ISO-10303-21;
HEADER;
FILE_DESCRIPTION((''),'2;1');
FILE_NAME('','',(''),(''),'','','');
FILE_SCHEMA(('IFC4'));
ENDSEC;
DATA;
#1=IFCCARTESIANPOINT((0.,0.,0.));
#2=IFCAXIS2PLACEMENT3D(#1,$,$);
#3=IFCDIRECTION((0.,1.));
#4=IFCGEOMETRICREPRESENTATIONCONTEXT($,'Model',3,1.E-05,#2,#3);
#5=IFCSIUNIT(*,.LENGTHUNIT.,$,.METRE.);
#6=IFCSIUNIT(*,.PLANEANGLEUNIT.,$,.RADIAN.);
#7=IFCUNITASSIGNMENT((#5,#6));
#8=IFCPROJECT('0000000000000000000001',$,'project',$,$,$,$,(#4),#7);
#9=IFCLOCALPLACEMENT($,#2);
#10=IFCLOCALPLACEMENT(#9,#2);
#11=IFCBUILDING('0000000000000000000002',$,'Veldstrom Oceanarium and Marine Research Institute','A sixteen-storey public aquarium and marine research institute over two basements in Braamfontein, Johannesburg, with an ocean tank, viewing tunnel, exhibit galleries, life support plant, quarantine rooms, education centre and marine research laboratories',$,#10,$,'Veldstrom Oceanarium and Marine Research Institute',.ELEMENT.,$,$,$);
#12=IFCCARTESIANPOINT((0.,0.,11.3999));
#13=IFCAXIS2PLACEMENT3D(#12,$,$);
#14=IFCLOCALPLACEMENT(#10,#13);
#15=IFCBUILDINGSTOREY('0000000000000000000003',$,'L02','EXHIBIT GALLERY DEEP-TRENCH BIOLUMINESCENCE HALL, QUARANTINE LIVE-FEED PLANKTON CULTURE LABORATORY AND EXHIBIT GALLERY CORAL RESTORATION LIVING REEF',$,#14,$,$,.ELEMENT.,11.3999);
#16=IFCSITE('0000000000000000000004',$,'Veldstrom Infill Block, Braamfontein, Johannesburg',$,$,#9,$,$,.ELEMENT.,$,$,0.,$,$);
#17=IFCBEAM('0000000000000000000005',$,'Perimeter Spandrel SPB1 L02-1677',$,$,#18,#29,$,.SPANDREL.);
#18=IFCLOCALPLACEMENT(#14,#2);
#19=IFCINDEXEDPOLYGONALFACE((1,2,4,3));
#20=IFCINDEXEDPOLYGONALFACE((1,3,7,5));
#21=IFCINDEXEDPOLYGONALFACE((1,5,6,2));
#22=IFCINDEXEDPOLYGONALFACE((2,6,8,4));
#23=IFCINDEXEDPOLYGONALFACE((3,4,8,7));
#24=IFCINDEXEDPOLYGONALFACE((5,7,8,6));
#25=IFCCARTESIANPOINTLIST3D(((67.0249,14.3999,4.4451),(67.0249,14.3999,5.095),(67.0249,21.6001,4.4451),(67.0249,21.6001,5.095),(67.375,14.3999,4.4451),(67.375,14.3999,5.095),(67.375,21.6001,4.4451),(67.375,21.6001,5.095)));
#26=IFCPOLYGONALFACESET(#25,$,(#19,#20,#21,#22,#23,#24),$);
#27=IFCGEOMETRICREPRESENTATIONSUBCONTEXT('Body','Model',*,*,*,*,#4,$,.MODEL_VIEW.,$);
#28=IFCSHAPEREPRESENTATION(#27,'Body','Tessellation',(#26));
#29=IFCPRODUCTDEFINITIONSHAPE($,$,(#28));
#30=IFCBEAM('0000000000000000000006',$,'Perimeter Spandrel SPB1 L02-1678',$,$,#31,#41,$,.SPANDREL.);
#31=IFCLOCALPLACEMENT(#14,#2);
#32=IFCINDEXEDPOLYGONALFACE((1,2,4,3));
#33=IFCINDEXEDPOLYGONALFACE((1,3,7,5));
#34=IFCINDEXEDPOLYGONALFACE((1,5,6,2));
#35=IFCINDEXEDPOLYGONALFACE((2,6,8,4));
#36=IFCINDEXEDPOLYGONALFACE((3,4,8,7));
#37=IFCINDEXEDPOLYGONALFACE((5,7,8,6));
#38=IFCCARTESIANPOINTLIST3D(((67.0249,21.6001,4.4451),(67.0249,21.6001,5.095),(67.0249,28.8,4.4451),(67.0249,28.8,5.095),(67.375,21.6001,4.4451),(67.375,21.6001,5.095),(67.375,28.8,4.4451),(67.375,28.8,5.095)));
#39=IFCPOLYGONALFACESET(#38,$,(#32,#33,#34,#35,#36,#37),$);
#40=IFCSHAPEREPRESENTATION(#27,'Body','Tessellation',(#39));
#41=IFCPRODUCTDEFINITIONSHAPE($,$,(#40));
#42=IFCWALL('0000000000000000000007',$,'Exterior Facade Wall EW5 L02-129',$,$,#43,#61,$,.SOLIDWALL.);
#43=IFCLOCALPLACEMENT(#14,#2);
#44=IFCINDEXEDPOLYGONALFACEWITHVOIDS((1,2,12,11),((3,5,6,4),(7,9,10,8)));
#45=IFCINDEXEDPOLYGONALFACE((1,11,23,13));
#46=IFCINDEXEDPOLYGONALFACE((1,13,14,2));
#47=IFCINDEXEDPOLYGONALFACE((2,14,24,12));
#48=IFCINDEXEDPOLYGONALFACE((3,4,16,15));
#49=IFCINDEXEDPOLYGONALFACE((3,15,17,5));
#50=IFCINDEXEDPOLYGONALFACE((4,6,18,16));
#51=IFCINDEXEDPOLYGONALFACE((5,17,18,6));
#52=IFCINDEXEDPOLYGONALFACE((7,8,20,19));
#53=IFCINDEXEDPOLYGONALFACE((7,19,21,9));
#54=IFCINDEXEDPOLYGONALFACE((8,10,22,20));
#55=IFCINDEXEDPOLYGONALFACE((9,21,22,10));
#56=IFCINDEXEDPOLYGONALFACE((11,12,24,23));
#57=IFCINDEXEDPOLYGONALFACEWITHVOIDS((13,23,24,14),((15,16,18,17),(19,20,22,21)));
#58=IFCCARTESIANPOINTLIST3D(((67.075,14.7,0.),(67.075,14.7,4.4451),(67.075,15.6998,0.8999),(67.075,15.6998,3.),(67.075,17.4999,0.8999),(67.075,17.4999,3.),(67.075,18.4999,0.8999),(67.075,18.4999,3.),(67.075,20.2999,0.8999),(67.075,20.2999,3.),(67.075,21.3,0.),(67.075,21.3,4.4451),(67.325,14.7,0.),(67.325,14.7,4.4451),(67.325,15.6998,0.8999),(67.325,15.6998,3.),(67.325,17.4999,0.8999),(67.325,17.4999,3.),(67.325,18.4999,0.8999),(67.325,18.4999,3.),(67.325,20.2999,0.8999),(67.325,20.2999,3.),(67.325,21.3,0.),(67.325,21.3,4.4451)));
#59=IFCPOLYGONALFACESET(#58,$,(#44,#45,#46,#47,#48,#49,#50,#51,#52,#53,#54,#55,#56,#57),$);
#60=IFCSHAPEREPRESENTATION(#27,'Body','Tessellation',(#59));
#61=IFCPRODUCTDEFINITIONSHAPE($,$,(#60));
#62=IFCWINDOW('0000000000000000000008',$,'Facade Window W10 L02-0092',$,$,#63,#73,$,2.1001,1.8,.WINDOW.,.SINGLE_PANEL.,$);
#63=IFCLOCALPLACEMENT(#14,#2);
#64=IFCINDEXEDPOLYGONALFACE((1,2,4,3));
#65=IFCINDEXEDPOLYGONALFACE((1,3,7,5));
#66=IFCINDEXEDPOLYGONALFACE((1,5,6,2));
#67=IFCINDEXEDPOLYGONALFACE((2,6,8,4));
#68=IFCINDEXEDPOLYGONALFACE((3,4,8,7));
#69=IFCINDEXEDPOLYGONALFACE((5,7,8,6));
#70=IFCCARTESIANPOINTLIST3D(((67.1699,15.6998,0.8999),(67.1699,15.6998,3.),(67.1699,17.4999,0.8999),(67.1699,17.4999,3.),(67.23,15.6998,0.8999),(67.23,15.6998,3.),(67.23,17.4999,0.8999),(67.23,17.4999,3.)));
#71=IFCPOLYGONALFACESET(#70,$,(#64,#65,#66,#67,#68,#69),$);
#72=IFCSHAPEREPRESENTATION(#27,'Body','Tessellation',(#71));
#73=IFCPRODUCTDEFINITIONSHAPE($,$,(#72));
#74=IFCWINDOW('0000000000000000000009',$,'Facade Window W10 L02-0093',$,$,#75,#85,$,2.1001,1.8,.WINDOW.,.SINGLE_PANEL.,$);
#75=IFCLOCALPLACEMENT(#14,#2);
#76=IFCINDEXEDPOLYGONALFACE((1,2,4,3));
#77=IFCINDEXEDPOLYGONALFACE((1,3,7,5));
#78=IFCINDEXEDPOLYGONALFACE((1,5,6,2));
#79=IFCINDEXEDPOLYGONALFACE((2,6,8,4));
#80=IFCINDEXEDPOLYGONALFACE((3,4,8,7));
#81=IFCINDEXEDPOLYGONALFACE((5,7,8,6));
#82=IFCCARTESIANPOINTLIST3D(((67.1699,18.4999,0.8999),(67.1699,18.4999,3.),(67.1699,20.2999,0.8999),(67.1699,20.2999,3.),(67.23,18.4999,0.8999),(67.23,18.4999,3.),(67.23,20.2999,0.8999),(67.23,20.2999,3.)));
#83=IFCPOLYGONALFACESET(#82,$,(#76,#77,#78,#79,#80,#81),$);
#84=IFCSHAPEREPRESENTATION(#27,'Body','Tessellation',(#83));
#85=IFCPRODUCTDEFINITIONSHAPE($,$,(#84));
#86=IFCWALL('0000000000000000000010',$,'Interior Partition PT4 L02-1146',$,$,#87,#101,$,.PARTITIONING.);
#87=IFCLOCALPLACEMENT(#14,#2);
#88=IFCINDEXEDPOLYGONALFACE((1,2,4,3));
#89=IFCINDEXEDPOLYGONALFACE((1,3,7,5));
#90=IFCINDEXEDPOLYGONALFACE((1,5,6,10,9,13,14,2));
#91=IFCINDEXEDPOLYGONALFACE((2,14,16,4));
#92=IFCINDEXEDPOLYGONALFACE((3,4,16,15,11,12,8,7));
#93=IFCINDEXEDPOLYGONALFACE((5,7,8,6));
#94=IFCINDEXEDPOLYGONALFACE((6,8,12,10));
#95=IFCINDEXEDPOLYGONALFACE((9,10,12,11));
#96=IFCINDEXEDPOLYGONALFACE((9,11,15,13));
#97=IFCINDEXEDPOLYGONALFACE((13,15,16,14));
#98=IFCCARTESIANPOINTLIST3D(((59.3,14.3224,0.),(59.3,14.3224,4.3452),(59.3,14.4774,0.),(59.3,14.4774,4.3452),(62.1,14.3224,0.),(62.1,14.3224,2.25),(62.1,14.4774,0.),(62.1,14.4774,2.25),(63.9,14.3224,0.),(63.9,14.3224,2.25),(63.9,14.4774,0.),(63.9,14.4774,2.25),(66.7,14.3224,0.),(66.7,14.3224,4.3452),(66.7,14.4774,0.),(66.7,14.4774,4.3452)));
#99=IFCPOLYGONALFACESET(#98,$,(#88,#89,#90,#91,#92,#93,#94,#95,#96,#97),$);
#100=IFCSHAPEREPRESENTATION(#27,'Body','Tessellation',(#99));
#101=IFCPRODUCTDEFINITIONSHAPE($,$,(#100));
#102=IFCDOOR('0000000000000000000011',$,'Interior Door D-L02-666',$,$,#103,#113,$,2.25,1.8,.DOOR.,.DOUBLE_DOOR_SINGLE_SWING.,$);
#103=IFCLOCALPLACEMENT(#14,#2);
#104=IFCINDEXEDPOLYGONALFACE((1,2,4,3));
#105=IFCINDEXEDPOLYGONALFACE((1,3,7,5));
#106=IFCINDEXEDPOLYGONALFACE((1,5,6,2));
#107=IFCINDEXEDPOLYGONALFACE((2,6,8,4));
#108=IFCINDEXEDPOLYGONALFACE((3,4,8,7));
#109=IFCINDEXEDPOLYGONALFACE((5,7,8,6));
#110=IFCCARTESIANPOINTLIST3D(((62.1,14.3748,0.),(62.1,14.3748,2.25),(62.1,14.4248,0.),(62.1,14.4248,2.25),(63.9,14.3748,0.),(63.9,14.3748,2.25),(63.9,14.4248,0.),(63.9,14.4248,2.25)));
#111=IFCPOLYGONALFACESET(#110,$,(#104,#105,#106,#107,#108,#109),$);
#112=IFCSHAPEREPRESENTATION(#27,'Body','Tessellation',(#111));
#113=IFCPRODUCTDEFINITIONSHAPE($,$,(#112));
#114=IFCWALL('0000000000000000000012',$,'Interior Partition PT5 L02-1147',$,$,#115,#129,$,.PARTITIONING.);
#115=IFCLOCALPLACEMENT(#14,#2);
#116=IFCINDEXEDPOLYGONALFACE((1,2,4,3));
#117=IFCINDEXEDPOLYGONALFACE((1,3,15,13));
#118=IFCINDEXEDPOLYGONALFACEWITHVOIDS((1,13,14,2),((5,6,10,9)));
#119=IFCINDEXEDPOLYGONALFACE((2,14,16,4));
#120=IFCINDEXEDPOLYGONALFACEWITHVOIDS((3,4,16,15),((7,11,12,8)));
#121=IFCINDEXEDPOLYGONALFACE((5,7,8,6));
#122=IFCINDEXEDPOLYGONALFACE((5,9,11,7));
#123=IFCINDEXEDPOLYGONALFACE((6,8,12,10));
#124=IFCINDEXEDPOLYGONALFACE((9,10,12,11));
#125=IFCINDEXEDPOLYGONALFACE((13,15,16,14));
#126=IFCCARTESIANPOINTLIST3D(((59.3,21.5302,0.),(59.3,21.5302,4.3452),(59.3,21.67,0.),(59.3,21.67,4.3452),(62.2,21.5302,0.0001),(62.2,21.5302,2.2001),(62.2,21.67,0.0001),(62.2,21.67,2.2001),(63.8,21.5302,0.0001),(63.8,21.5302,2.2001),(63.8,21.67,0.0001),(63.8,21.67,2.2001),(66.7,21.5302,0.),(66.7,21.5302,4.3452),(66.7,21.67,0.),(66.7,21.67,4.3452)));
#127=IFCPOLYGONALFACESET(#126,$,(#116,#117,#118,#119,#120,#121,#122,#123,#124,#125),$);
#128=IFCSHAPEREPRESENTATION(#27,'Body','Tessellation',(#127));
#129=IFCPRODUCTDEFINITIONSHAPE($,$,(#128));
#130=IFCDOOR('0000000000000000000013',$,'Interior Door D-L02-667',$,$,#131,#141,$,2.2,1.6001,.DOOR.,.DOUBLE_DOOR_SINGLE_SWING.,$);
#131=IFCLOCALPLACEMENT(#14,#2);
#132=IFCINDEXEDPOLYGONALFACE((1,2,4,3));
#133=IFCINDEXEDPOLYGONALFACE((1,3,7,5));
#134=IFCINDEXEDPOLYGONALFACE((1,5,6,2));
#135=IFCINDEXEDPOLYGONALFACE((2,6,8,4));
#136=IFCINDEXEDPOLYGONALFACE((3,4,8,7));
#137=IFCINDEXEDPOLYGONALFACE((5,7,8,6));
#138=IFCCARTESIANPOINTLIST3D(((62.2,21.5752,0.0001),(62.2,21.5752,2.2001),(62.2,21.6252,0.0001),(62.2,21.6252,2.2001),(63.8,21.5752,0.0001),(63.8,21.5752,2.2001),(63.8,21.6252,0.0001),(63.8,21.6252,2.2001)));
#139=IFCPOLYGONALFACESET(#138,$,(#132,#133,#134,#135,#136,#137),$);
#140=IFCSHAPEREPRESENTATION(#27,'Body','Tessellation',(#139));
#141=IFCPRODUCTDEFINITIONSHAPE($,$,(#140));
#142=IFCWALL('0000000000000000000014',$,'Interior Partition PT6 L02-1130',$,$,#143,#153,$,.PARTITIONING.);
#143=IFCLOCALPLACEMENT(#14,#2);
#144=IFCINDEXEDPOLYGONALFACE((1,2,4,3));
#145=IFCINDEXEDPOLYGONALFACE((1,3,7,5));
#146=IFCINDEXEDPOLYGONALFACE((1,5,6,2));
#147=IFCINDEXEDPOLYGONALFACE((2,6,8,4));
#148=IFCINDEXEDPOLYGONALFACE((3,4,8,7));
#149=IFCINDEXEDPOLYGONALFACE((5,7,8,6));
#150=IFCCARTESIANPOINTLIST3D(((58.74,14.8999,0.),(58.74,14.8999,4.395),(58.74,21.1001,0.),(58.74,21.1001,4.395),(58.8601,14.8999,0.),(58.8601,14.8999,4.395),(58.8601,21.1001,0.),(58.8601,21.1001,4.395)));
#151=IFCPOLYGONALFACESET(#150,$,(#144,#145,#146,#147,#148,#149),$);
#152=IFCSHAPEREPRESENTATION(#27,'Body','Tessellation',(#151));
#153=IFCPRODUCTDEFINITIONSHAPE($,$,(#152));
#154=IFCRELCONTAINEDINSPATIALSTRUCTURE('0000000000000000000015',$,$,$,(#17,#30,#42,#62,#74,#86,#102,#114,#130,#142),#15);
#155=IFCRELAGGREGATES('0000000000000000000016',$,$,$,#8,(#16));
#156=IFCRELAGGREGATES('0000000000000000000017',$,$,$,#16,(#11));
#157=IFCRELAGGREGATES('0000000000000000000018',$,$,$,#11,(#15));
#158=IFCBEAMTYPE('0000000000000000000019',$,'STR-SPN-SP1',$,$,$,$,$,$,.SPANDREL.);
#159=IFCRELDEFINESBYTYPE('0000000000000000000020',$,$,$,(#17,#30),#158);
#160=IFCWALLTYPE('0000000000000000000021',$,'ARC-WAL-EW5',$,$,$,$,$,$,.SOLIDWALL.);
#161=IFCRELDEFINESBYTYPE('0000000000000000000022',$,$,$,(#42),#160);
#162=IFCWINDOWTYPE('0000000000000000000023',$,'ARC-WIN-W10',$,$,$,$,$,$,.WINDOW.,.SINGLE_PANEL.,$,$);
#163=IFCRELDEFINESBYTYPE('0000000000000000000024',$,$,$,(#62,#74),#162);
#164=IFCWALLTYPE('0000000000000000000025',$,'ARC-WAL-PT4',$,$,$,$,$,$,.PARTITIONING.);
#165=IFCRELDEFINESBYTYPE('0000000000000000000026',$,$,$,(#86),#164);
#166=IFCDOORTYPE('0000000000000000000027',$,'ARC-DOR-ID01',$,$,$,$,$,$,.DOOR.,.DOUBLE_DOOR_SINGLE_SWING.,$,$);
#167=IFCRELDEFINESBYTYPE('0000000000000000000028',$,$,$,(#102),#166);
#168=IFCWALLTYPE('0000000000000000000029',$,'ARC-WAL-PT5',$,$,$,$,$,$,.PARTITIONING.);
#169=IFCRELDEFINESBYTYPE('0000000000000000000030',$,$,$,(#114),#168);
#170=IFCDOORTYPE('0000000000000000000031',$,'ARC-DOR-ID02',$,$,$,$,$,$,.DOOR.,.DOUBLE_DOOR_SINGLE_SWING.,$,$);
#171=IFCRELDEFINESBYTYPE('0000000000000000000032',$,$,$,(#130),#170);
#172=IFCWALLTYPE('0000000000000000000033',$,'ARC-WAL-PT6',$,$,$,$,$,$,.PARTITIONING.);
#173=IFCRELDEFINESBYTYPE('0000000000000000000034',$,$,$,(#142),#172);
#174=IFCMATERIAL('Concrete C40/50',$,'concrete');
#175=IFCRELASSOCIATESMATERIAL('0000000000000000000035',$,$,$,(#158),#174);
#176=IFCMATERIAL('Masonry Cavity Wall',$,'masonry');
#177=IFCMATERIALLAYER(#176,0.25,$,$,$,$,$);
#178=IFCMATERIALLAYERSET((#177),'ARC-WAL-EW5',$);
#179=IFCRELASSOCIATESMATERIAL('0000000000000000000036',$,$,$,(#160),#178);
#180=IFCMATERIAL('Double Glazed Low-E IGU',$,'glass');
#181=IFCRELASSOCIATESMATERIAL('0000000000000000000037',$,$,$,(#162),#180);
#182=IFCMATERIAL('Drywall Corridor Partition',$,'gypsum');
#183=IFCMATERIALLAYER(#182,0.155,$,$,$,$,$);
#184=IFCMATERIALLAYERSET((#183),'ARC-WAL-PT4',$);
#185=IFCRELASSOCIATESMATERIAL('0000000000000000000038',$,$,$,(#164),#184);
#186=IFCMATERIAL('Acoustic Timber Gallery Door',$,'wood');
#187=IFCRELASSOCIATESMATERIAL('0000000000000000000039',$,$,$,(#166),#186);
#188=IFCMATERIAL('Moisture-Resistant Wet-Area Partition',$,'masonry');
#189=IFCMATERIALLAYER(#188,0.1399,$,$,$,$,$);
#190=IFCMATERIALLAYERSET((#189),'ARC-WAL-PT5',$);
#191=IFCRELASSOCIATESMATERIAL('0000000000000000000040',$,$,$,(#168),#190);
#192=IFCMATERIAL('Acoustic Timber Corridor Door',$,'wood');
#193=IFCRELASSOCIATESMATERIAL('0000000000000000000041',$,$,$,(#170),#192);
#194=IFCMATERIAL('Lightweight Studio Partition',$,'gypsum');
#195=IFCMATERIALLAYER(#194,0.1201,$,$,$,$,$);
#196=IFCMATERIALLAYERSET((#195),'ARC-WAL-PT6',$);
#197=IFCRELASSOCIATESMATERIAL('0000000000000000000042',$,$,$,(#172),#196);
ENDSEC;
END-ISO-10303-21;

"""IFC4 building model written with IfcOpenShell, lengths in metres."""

from ifc_helpers import new_model, si_unit, direction, frame, frame_2d, origin, origin_2d, place, context, subcontext, project, spatial, rectangle, extrude, material, layer, layer_set, material_profile, profile_set, type_object, element, fill, save


model = new_model("IFC4")

# Units and contexts
model_context = context("Model", 3, precision=1e-05, world=origin(), true_north=direction((0.0, 1.0)))
body_context = subcontext(model_context, "Body", "Model", "MODEL_VIEW")
ifc_project = project(units=[si_unit("LENGTHUNIT", "METRE"), si_unit("PLANEANGLEUNIT", "RADIAN")], contexts=[model_context])

# Site, building, storey
site_placement = place(None, origin())
site = spatial("IfcSite", under=ifc_project, at=site_placement, Name="Veldstrom Infill Block, Braamfontein, Johannesburg", CompositionType="ELEMENT", RefElevation=0.0)
building_placement = place(site_placement, origin())
building = spatial("IfcBuilding", under=site, at=building_placement, Name="Veldstrom Oceanarium and Marine Research Institute", Description="A sixteen-storey public aquarium and marine research institute over two basements in Braamfontein, Johannesburg, with an ocean tank, viewing tunnel, exhibit galleries, life support plant, quarantine rooms, education centre and marine research laboratories", LongName="Veldstrom Oceanarium and Marine Research Institute", CompositionType="ELEMENT")
storey_placement = place(building_placement, frame((0.0, 0.0, 11.3999)))
storey = spatial("IfcBuildingStorey", under=building, at=storey_placement, Name="L02", Description="EXHIBIT GALLERY DEEP-TRENCH BIOLUMINESCENCE HALL, QUARANTINE LIVE-FEED PLANKTON CULTURE LABORATORY AND EXHIBIT GALLERY CORAL RESTORATION LIVING REEF", CompositionType="ELEMENT", Elevation=11.3999)

# Beams
ifc_material_1 = material(Name="Concrete C40/50", Category="concrete")
ifc_material_profile_1 = material_profile(ifc_material_1, rectangle(XDim=0.3501, YDim=0.6499, at=origin_2d()), Name="RC-SPN-350x650")
ifc_profile_set_1 = profile_set([ifc_material_profile_1], Name="Concrete C40/50")
beam_type_1 = type_object("IfcBeamType", Name="STR-SPN-SP1", PredefinedType="SPANDREL", material=ifc_profile_set_1)
beam_1_placement = place(storey_placement, frame((67.2, 14.3999, 4.77), z_axis=(0.0, 1.0, 0.0), x_axis=(-1.0, 0.0, 0.0)))
element("IfcBeam", 1, at=beam_1_placement, inside=storey, type_object=beam_type_1, Name="Perimeter Spandrel SPB1 L02-1677", PredefinedType="SPANDREL", context=body_context, shape_type="SweptSolid", body=[
    extrude(rectangle(XDim=0.3501, YDim=0.6499, at=origin_2d()), origin(), (0.0, 0.0, 1.0), 7.2002),
])
beam_2_placement = place(storey_placement, frame((67.2, 21.6001, 4.77), z_axis=(0.0, 1.0, 0.0), x_axis=(-1.0, 0.0, 0.0)))
element("IfcBeam", 2, at=beam_2_placement, inside=storey, type_object=beam_type_1, Name="Perimeter Spandrel SPB1 L02-1678", PredefinedType="SPANDREL", context=body_context, shape_type="SweptSolid", body=[
    extrude(rectangle(XDim=0.3501, YDim=0.6499, at=origin_2d()), origin(), (0.0, 0.0, 1.0), 7.2),
])

# Wall, openings, windows
ifc_material_2 = material(Name="Masonry Cavity Wall", Category="masonry")
ifc_layer_1 = layer(ifc_material_2, 0.25)
ifc_layer_set_1 = layer_set([ifc_layer_1], Name="ARC-WAL-EW5")
wall_type_1 = type_object("IfcWallType", Name="ARC-WAL-EW5", PredefinedType="SOLIDWALL", material=ifc_layer_set_1)
wall_1_placement = place(storey_placement, frame((67.2, 14.7, 0.0), z_axis=(0.0, 0.0, 1.0), x_axis=(0.0, 1.0, 0.0)))
wall_1 = element("IfcWall", 3, at=wall_1_placement, inside=storey, type_object=wall_type_1, Name="Exterior Facade Wall EW5 L02-129", PredefinedType="SOLIDWALL", context=body_context, shape_type="SweptSolid", body=[
    extrude(rectangle(XDim=6.6001, YDim=0.25, at=frame_2d((3.3, 0.0))), origin(), (0.0, 0.0, 1.0), 4.4451),
])
opening_1_placement = place(wall_1_placement, frame((1.0, 0.0, 0.8999)))
opening_1 = element("IfcOpeningElement", 4, at=opening_1_placement, cuts=wall_1, PredefinedType="OPENING", context=body_context, shape_type="SweptSolid", body=[
    extrude(rectangle(XDim=1.8, YDim=2.1001, at=frame_2d((0.8999, 1.05))), frame((0.0, 0.135, 0.0), z_axis=(0.0, -1.0, 0.0), x_axis=(1.0, 0.0, 0.0)), (0.0, 0.0, 1.0), 0.27),
])
opening_2_placement = place(wall_1_placement, frame((3.8, 0.0, 0.8999)))
opening_2 = element("IfcOpeningElement", 5, at=opening_2_placement, cuts=wall_1, PredefinedType="OPENING", context=body_context, shape_type="SweptSolid", body=[
    extrude(rectangle(XDim=1.8, YDim=2.1001, at=frame_2d((0.8999, 1.05))), frame((0.0, 0.135, 0.0), z_axis=(0.0, -1.0, 0.0), x_axis=(1.0, 0.0, 0.0)), (0.0, 0.0, 1.0), 0.27),
])
ifc_material_3 = material(Name="Double Glazed Low-E IGU", Category="glass")
window_type = type_object("IfcWindowType", Name="ARC-WIN-W10", PartitioningType="SINGLE_PANEL", PredefinedType="WINDOW", material=ifc_material_3)
window_1_placement = place(opening_1_placement, origin())
window_1 = element("IfcWindow", 6, at=window_1_placement, inside=storey, type_object=window_type, Name="Facade Window W10 L02-0092", OverallHeight=2.1001, OverallWidth=1.8, PartitioningType="SINGLE_PANEL", PredefinedType="WINDOW", context=body_context, shape_type="SweptSolid", body=[
    extrude(rectangle(XDim=1.8, YDim=2.1001, at=frame_2d((0.8999, 1.05))), frame((0.0, 0.03, 0.0), z_axis=(0.0, -1.0, 0.0), x_axis=(1.0, 0.0, 0.0)), (0.0, 0.0, 1.0), 0.0601),
])
fill(opening_1, window_1)
window_2_placement = place(opening_2_placement, origin())
window_2 = element("IfcWindow", 7, at=window_2_placement, inside=storey, type_object=window_type, Name="Facade Window W10 L02-0093", OverallHeight=2.1001, OverallWidth=1.8, PartitioningType="SINGLE_PANEL", PredefinedType="WINDOW", context=body_context, shape_type="SweptSolid", body=[
    extrude(rectangle(XDim=1.8, YDim=2.1001, at=frame_2d((0.8999, 1.05))), frame((0.0, 0.03, 0.0), z_axis=(0.0, -1.0, 0.0), x_axis=(1.0, 0.0, 0.0)), (0.0, 0.0, 1.0), 0.0601),
])
fill(opening_2, window_2)

# Walls, openings, doors
ifc_material_4 = material(Name="Drywall Corridor Partition", Category="gypsum")
ifc_layer_2 = layer(ifc_material_4, 0.155)
ifc_layer_set_2 = layer_set([ifc_layer_2], Name="ARC-WAL-PT4")
wall_type_2 = type_object("IfcWallType", Name="ARC-WAL-PT4", PredefinedType="PARTITIONING", material=ifc_layer_set_2)
wall_2_placement = place(storey_placement, frame((59.3, 14.3999, 0.0), z_axis=(0.0, 0.0, 1.0), x_axis=(1.0, 0.0, 0.0)))
wall_2 = element("IfcWall", 8, at=wall_2_placement, inside=storey, type_object=wall_type_2, Name="Interior Partition PT4 L02-1146", PredefinedType="PARTITIONING", context=body_context, shape_type="SweptSolid", body=[
    extrude(rectangle(XDim=7.3999, YDim=0.155, at=frame_2d((3.7, 0.0))), origin(), (0.0, 0.0, 1.0), 4.3452),
])
opening_3_placement = place(wall_2_placement, frame((2.8, 0.0, 0.0)))
opening_3 = element("IfcOpeningElement", 9, at=opening_3_placement, cuts=wall_2, PredefinedType="OPENING", context=body_context, shape_type="SweptSolid", body=[
    extrude(rectangle(XDim=1.8, YDim=2.25, at=frame_2d((0.8999, 1.125))), frame((0.0, 0.0874, 0.0), z_axis=(0.0, -1.0, 0.0), x_axis=(1.0, 0.0, 0.0)), (0.0, 0.0, 1.0), 0.175),
])
ifc_material_5 = material(Name="Acoustic Timber Gallery Door", Category="wood")
door_type_1 = type_object("IfcDoorType", Name="ARC-DOR-ID01", OperationType="DOUBLE_DOOR_SINGLE_SWING", PredefinedType="DOOR", material=ifc_material_5)
door_1_placement = place(opening_3_placement, origin())
door_1 = element("IfcDoor", 10, at=door_1_placement, inside=storey, type_object=door_type_1, Name="Interior Door D-L02-666", OperationType="DOUBLE_DOOR_SINGLE_SWING", OverallHeight=2.25, OverallWidth=1.8, PredefinedType="DOOR", context=body_context, shape_type="SweptSolid", body=[
    extrude(rectangle(XDim=1.8, YDim=2.25, at=frame_2d((0.8999, 1.125))), frame((0.0, 0.0249, 0.0), z_axis=(0.0, -1.0, 0.0), x_axis=(1.0, 0.0, 0.0)), (0.0, 0.0, 1.0), 0.05),
])
fill(opening_3, door_1)
ifc_material_6 = material(Name="Moisture-Resistant Wet-Area Partition", Category="masonry")
ifc_layer_3 = layer(ifc_material_6, 0.1399)
ifc_layer_set_3 = layer_set([ifc_layer_3], Name="ARC-WAL-PT5")
wall_type_3 = type_object("IfcWallType", Name="ARC-WAL-PT5", PredefinedType="PARTITIONING", material=ifc_layer_set_3)
wall_3_placement = place(storey_placement, frame((59.3, 21.6001, 0.0), z_axis=(0.0, 0.0, 1.0), x_axis=(1.0, 0.0, 0.0)))
wall_3 = element("IfcWall", 11, at=wall_3_placement, inside=storey, type_object=wall_type_3, Name="Interior Partition PT5 L02-1147", PredefinedType="PARTITIONING", context=body_context, shape_type="SweptSolid", body=[
    extrude(rectangle(XDim=7.3999, YDim=0.1399, at=frame_2d((3.7, 0.0))), origin(), (0.0, 0.0, 1.0), 4.3452),
])
opening_4_placement = place(wall_3_placement, frame((2.8999, 0.0, 0.0)))
opening_4 = element("IfcOpeningElement", 12, at=opening_4_placement, cuts=wall_3, PredefinedType="OPENING", context=body_context, shape_type="SweptSolid", body=[
    extrude(rectangle(XDim=1.6001, YDim=2.2, at=frame_2d((0.8, 1.1001))), frame((0.0, 0.0798, 0.0), z_axis=(0.0, -1.0, 0.0), x_axis=(1.0, 0.0, 0.0)), (0.0, 0.0, 1.0), 0.1599),
])
ifc_material_7 = material(Name="Acoustic Timber Corridor Door", Category="wood")
door_type_2 = type_object("IfcDoorType", Name="ARC-DOR-ID02", OperationType="DOUBLE_DOOR_SINGLE_SWING", PredefinedType="DOOR", material=ifc_material_7)
door_2_placement = place(opening_4_placement, frame((1.6001, 0.0, 0.0), z_axis=(0.0, 0.0, 1.0), x_axis=(-1.0, 0.0, 0.0)))
door_2 = element("IfcDoor", 13, at=door_2_placement, inside=storey, type_object=door_type_2, Name="Interior Door D-L02-667", OperationType="DOUBLE_DOOR_SINGLE_SWING", OverallHeight=2.2, OverallWidth=1.6001, PredefinedType="DOOR", context=body_context, shape_type="SweptSolid", body=[
    extrude(rectangle(XDim=1.6001, YDim=2.2, at=frame_2d((0.8, 1.1001))), frame((0.0, 0.0249, 0.0), z_axis=(0.0, -1.0, 0.0), x_axis=(1.0, 0.0, 0.0)), (0.0, 0.0, 1.0), 0.05),
])
fill(opening_4, door_2)

# Wall
ifc_material_8 = material(Name="Lightweight Studio Partition", Category="gypsum")
ifc_layer_4 = layer(ifc_material_8, 0.1201)
ifc_layer_set_4 = layer_set([ifc_layer_4], Name="ARC-WAL-PT6")
wall_type_4 = type_object("IfcWallType", Name="ARC-WAL-PT6", PredefinedType="PARTITIONING", material=ifc_layer_set_4)
wall_4_placement = place(storey_placement, frame((58.8, 14.8999, 0.0), z_axis=(0.0, 0.0, 1.0), x_axis=(0.0, 1.0, 0.0)))
element("IfcWall", 14, at=wall_4_placement, inside=storey, type_object=wall_type_4, Name="Interior Partition PT6 L02-1130", PredefinedType="PARTITIONING", context=body_context, shape_type="SweptSolid", body=[
    extrude(rectangle(XDim=6.2002, YDim=0.1201, at=frame_2d((3.1001, 0.0))), origin(), (0.0, 0.0, 1.0), 4.395),
])

save(model, "model.ifc")
